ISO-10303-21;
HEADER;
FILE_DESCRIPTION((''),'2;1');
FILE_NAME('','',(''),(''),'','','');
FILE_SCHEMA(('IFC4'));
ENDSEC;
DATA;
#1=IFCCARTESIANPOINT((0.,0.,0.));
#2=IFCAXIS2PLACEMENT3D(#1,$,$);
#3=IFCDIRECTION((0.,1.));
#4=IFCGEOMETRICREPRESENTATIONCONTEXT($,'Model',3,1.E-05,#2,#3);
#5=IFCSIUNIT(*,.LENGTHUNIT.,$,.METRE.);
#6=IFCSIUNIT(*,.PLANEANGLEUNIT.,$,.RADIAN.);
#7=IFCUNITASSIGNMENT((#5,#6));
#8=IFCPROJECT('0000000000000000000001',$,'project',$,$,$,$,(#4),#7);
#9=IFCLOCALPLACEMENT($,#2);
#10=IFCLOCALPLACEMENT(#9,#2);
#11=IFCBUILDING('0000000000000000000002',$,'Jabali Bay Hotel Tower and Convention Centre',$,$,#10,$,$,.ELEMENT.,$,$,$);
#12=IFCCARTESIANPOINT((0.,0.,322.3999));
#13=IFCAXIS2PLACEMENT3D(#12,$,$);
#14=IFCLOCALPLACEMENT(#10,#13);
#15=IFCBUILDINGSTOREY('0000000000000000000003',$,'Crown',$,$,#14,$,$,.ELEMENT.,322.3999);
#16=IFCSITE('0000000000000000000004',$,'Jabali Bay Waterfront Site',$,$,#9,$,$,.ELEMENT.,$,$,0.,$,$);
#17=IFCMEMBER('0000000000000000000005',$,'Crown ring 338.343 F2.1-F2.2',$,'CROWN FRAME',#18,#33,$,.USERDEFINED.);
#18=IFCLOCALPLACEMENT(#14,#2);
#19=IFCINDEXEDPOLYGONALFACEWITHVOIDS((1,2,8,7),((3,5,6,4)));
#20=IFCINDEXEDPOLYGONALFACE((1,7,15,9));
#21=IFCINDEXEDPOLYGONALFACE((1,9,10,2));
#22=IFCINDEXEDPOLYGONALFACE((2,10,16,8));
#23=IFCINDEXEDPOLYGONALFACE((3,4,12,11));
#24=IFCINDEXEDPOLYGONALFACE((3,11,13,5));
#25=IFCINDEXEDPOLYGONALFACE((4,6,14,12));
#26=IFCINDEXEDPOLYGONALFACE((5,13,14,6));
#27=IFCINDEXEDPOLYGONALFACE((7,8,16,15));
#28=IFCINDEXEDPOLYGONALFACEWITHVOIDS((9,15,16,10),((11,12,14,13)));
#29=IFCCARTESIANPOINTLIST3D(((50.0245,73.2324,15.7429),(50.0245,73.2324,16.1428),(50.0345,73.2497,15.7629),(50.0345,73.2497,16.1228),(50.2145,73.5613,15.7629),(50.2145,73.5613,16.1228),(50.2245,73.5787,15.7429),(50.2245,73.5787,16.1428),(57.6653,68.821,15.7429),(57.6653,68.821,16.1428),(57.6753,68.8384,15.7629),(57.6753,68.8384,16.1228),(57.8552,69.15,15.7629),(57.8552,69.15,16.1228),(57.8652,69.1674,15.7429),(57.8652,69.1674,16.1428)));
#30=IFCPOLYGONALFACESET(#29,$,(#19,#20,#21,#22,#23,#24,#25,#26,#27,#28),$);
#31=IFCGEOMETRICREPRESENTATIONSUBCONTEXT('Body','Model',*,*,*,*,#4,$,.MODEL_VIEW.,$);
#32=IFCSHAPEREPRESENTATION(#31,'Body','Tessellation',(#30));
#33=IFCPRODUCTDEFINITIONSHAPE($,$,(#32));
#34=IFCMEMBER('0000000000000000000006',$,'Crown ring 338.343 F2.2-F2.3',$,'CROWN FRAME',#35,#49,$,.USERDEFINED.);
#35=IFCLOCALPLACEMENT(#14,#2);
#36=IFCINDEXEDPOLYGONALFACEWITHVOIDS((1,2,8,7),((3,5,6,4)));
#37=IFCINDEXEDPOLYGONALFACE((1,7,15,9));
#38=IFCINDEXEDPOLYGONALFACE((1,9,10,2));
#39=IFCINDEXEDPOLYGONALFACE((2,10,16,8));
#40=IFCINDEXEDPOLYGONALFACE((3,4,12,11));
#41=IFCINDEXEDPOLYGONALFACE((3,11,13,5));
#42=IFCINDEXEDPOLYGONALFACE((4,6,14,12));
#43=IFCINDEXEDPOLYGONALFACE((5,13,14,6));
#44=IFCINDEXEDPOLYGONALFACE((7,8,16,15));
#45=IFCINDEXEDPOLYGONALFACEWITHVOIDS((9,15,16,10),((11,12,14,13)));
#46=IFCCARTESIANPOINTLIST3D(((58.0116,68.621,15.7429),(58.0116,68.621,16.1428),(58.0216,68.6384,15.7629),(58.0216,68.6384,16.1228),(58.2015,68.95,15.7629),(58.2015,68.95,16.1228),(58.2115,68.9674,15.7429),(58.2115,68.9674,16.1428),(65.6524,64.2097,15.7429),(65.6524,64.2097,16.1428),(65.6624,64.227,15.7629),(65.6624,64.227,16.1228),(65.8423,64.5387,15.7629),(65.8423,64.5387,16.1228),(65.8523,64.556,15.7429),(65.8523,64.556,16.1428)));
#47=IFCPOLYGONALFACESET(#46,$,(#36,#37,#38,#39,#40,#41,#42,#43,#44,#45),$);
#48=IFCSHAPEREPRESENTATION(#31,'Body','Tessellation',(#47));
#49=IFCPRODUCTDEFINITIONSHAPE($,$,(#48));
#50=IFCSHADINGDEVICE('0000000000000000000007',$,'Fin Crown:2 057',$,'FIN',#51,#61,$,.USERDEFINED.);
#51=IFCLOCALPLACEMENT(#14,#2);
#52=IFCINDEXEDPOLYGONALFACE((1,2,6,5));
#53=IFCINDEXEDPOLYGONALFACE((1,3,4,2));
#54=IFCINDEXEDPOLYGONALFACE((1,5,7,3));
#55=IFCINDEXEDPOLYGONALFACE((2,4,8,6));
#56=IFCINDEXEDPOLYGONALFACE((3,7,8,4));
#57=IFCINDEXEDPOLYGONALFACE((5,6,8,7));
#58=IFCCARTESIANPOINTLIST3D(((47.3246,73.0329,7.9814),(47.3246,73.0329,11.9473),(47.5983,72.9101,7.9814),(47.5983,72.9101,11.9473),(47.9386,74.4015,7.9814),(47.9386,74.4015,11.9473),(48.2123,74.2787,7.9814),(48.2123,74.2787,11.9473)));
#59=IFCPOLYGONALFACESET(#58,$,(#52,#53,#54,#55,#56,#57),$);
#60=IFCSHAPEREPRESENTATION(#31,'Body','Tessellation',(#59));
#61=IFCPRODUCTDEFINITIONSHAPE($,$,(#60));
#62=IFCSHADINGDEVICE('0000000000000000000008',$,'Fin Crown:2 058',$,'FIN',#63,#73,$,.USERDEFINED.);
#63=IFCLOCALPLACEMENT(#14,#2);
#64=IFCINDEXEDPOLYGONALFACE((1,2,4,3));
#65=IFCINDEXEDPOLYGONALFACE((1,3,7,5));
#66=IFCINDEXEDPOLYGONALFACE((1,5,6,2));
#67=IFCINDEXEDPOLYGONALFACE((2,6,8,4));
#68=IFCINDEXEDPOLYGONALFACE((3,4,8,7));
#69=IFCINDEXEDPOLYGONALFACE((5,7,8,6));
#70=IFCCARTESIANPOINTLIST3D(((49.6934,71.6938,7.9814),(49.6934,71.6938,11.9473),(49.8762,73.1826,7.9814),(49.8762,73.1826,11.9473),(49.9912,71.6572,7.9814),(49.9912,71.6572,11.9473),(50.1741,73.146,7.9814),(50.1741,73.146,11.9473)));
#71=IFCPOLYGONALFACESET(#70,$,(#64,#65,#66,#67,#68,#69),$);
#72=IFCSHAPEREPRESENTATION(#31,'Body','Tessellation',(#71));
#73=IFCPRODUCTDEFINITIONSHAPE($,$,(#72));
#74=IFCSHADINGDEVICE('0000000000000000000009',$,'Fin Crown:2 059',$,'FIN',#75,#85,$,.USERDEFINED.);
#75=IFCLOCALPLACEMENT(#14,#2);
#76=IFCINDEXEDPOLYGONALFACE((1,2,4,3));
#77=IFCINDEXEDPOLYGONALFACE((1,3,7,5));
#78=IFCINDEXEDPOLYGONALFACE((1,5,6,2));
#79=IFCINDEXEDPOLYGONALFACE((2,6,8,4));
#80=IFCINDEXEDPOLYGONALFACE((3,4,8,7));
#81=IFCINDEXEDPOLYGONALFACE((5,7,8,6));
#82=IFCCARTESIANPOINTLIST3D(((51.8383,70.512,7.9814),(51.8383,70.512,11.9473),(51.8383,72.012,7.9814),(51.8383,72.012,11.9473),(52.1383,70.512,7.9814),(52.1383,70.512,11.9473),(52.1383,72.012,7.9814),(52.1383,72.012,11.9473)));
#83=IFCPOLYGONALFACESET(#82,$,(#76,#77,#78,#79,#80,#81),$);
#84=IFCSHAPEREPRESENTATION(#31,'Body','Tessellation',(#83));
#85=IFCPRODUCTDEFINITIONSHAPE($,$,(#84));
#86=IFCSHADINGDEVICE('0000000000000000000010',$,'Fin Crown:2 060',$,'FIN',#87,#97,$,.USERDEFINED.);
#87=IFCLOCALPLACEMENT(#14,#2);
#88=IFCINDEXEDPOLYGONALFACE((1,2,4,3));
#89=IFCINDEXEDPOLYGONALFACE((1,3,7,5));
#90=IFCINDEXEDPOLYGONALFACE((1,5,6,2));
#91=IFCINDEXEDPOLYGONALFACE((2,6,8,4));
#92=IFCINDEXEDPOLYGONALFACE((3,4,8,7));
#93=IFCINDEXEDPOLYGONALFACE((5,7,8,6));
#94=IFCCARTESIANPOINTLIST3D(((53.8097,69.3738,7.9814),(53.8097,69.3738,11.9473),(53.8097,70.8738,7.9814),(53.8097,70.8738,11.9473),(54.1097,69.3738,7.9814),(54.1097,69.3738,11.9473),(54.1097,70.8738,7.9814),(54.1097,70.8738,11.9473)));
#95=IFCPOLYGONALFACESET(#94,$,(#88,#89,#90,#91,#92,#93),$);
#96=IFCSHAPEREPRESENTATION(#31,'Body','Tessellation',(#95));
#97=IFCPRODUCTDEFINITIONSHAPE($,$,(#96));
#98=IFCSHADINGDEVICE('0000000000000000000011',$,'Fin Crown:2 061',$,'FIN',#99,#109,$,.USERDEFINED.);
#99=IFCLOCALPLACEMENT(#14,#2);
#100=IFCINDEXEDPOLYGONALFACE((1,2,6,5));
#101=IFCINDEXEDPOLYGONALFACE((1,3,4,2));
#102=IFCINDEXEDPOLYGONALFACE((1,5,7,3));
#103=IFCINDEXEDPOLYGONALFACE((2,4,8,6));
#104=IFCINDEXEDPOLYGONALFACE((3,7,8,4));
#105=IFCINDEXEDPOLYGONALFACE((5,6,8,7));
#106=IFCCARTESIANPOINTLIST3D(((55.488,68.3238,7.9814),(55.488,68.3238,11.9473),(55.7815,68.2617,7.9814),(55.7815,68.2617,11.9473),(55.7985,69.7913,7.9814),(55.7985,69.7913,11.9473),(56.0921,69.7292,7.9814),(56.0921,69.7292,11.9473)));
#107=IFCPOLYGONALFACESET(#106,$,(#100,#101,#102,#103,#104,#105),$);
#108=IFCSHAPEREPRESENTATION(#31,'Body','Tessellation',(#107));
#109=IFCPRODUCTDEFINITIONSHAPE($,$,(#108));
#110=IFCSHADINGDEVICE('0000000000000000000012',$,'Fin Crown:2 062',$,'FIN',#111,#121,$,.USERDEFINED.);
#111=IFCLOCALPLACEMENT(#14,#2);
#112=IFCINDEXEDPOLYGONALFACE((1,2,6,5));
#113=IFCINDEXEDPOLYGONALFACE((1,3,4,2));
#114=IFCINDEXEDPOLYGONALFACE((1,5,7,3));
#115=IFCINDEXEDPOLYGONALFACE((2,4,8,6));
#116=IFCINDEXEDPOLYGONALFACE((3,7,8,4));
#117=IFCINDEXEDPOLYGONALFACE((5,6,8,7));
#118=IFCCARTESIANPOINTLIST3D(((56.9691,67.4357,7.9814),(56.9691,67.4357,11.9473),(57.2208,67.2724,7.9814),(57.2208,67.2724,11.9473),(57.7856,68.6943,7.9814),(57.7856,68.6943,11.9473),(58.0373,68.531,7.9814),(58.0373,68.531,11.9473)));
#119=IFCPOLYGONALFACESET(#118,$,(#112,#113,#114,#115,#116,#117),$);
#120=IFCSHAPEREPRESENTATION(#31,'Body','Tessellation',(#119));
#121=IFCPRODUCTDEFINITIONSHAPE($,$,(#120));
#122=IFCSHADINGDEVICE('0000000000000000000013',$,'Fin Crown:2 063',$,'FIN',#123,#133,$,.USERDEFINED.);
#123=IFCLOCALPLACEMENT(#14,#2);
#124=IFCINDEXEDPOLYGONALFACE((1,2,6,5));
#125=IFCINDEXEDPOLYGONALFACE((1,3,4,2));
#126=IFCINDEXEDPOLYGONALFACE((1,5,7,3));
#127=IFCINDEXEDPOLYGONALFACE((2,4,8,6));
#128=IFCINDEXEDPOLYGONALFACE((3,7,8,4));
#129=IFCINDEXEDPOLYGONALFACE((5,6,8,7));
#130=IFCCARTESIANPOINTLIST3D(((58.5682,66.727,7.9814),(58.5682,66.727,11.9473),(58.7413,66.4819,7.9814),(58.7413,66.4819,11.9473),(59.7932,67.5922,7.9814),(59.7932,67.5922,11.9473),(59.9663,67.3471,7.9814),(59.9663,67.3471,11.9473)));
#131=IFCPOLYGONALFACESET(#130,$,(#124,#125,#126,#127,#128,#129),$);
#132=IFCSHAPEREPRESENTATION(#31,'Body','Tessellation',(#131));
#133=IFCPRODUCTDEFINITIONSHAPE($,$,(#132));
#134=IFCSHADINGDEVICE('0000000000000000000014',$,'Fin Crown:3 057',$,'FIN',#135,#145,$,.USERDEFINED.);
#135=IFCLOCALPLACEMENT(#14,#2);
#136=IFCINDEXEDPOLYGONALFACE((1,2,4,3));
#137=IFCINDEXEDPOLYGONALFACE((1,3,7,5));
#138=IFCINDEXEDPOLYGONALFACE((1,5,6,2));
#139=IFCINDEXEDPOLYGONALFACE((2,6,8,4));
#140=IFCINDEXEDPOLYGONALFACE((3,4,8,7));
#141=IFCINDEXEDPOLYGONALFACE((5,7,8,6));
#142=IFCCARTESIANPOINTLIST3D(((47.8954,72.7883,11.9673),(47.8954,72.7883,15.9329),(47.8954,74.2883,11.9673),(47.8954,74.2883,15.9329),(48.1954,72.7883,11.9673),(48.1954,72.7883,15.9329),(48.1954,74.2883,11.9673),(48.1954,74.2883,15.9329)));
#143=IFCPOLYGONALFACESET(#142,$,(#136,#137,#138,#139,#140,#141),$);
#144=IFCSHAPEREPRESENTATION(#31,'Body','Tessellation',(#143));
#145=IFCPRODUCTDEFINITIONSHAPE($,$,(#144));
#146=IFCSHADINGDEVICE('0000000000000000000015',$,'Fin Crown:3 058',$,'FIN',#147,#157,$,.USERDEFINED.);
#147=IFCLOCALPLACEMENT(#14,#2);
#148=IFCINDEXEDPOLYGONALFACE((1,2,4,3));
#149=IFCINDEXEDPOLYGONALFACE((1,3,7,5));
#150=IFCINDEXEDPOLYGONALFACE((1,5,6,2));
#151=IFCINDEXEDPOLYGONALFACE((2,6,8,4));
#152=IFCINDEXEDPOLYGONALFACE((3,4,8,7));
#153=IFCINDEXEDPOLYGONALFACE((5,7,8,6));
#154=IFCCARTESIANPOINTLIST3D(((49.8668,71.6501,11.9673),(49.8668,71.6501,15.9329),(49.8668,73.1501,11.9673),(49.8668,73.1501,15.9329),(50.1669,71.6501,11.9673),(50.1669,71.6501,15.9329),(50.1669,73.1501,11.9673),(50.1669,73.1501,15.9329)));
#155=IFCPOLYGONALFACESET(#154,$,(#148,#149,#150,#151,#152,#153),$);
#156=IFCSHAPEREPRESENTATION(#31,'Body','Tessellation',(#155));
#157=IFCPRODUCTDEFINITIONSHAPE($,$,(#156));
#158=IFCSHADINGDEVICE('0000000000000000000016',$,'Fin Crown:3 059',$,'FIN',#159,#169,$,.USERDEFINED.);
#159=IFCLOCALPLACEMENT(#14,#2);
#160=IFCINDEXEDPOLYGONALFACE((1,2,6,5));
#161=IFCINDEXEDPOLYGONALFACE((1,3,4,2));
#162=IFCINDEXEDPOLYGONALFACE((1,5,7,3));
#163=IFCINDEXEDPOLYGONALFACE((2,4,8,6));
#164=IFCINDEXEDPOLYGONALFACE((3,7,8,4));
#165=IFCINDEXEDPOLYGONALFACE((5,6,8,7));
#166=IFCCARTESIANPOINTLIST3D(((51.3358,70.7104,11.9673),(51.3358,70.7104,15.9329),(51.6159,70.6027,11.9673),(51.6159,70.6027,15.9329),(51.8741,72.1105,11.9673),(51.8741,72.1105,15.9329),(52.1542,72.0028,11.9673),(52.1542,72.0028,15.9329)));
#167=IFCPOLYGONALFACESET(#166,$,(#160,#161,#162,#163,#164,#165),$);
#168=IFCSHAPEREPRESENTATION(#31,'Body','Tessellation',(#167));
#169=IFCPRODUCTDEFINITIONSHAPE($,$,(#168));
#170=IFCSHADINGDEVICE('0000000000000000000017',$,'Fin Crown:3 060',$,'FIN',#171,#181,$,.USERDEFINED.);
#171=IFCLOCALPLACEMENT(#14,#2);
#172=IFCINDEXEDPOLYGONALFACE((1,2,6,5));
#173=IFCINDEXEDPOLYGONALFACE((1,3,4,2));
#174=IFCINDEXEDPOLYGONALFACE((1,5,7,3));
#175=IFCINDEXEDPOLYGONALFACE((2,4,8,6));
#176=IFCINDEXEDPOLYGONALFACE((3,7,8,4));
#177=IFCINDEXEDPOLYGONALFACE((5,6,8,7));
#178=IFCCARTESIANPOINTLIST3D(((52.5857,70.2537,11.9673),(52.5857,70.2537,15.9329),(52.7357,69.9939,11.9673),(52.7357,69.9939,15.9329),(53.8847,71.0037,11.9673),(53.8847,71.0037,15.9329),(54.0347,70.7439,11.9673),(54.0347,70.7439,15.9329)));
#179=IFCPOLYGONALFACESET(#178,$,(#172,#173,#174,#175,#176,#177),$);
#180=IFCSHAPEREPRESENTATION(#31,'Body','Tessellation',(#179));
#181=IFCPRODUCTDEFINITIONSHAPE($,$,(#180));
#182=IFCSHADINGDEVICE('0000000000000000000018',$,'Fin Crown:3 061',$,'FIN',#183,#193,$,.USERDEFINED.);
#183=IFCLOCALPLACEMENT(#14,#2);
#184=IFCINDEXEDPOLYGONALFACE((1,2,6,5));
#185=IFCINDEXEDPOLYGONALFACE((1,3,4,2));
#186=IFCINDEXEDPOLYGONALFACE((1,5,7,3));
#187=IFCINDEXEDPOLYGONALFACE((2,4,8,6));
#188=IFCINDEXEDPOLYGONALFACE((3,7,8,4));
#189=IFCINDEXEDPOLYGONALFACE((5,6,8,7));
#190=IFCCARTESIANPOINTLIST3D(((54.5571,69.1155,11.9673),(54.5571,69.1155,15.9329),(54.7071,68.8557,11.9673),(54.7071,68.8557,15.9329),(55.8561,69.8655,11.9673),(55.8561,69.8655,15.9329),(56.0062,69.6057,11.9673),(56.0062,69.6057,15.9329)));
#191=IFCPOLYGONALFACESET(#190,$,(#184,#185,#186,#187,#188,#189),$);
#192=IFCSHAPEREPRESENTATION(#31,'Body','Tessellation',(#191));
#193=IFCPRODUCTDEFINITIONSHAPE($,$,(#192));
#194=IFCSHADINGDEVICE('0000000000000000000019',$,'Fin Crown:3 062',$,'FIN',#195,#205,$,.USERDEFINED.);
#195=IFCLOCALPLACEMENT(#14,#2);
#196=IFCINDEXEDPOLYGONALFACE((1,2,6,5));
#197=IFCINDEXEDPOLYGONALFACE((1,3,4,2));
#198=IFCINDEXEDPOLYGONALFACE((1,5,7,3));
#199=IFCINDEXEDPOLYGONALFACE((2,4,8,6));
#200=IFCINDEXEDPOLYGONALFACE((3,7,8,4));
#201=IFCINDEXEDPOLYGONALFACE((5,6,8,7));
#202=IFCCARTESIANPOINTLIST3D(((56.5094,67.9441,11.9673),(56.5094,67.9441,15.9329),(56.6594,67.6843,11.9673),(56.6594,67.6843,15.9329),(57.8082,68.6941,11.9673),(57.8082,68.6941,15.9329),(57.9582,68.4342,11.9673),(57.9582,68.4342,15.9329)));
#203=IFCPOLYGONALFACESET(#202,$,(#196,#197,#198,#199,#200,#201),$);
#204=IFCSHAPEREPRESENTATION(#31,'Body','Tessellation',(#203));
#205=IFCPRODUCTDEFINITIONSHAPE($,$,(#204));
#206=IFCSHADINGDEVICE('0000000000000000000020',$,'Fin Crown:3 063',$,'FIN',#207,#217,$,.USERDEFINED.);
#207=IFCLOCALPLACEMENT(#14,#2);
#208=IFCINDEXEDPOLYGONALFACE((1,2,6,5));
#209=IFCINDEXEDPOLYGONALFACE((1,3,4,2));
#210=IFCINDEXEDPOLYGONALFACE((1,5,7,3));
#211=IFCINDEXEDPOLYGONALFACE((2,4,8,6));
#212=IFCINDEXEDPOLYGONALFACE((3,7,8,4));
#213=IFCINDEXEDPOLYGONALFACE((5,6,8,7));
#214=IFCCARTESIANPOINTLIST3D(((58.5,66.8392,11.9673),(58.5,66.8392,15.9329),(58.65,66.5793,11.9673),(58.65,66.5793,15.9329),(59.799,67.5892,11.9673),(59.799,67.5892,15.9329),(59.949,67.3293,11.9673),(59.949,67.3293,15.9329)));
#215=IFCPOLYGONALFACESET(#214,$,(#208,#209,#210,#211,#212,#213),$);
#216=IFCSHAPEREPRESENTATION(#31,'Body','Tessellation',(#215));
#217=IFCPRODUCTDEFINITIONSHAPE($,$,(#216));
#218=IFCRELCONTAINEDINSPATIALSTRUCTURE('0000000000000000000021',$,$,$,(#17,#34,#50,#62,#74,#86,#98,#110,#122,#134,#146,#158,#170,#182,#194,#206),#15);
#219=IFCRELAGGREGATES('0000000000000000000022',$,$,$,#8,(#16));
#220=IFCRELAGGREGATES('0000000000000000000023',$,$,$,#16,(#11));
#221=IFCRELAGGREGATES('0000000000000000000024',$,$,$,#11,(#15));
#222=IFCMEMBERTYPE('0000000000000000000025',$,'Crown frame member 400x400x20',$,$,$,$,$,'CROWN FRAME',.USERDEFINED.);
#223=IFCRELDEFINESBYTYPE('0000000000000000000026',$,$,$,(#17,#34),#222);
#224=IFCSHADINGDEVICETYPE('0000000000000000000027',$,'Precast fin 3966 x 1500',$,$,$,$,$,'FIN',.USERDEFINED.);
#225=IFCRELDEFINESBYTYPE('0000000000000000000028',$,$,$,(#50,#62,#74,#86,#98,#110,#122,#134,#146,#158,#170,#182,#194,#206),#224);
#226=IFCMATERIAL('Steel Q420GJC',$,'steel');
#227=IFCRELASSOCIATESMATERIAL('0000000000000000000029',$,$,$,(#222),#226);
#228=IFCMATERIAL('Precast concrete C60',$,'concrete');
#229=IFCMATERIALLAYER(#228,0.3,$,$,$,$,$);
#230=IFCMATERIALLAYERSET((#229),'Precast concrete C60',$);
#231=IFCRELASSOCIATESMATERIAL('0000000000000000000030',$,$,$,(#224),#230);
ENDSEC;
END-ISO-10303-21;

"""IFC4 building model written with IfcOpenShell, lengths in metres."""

from ifc_helpers import new_model, si_unit, direction, frame, frame_2d, origin, origin_2d, place, context, subcontext, project, spatial, rectangle, hollow_rectangle, extrude, material, layer, layer_set, material_profile, profile_set, type_object, element, save


model = new_model("IFC4")

# Units and contexts
model_context = context("Model", 3, precision=1e-05, world=origin(), true_north=direction((0.0, 1.0)))
body_context = subcontext(model_context, "Body", "Model", "MODEL_VIEW")
ifc_project = project(units=[si_unit("LENGTHUNIT", "METRE"), si_unit("PLANEANGLEUNIT", "RADIAN")], contexts=[model_context])

# Site, building, storey
site_placement = place(None, origin())
site = spatial("IfcSite", under=ifc_project, at=site_placement, Name="Jabali Bay Waterfront Site", CompositionType="ELEMENT", RefElevation=0.0)
building_placement = place(site_placement, origin())
building = spatial("IfcBuilding", under=site, at=building_placement, Name="Jabali Bay Hotel Tower and Convention Centre", CompositionType="ELEMENT")
storey_placement = place(building_placement, frame((0.0, 0.0, 322.3999)))
storey = spatial("IfcBuildingStorey", under=building, at=storey_placement, Name="Crown", CompositionType="ELEMENT", Elevation=322.3999)

# Members
ifc_material_1 = material(Name="Steel Q420GJC", Category="steel")
ifc_material_profile_1 = material_profile(ifc_material_1, hollow_rectangle(XDim=0.3999, YDim=0.3999, WallThickness=0.02, at=origin_2d()), Name="Crown frame member 400x400x20")
ifc_profile_set_1 = profile_set([ifc_material_profile_1], Name="Steel Q420GJC")
member_type_1 = type_object("IfcMemberType", Name="Crown frame member 400x400x20", ElementType="CROWN FRAME", PredefinedType="USERDEFINED", material=ifc_profile_set_1)
for number, where, z_axis, x_axis, name in (
    (1, (50.1245, 73.4055, 15.9429), (0.866029, -0.499993, 0.0), (0.499993, 0.866029, 0.0), "Crown ring 338.343 F2.1-F2.2"),
    (2, (58.1116, 68.7942, 15.9429), (0.866029, -0.499993, 0.0), (0.499993, 0.866029, 0.0), "Crown ring 338.343 F2.2-F2.3"),
):
    element("IfcMember", number, at=place(storey_placement, frame(where, z_axis=z_axis, x_axis=x_axis)), inside=storey, type_object=member_type_1, Name=name, ObjectType="CROWN FRAME", PredefinedType="USERDEFINED", context=body_context, shape_type="SweptSolid", body=[
        extrude(hollow_rectangle(XDim=0.3999, YDim=0.3999, WallThickness=0.02, at=origin_2d()), origin(), (0.0, 0.0, 1.0), 8.8228),
    ])

# Shading devices
ifc_material_2 = material(Name="Precast concrete C60", Category="concrete")
ifc_layer = layer(ifc_material_2, 0.3)
ifc_layer_set = layer_set([ifc_layer], Name="Precast concrete C60")
shading_device_type = type_object("IfcShadingDeviceType", Name="Precast fin 3966 x 1500", ElementType="FIN", PredefinedType="USERDEFINED", material=ifc_layer_set)
for number, where, z_axis, x_axis, name in (
    (3, (48.0754, 74.3401, 7.9814), (0.0, 0.0, 1.0), (-0.409322, -0.91239, 0.0), "Fin Crown:2 057"),
    (4, (50.0251, 73.1643, 7.9814), (0.0, 0.0, 1.0), (-0.121911, -0.992541, 0.0), "Fin Crown:2 058"),
    (5, (51.9883, 72.012, 7.9814), (0.0, 0.0, 1.0), (0.0, -1.0, 0.0), "Fin Crown:2 059"),
    (6, (53.9597, 70.8738, 7.9814), (0.0, 0.0, 1.0), (0.0, -1.0, 0.0), "Fin Crown:2 060"),
    (7, (55.9453, 69.7603, 7.9814), (0.0, 0.0, 1.0), (-0.207027, -0.978335, 0.0), "Fin Crown:2 061"),
):
    element("IfcShadingDevice", number, at=place(storey_placement, frame(where, z_axis=z_axis, x_axis=x_axis)), inside=storey, type_object=shading_device_type, Name=name, ObjectType="FIN", PredefinedType="USERDEFINED", context=body_context, shape_type="SweptSolid", body=[
        extrude(rectangle(XDim=1.5, YDim=0.3, at=frame_2d((0.75, 0.0))), origin(), (0.0, 0.0, 1.0), 3.9658),
    ])
shading_device_1_placement = place(storey_placement, frame((57.9114, 68.6125, 7.9814), z_axis=(0.0, 0.0, 1.0), x_axis=(-0.544216, -0.838945, 0.0)))
element("IfcShadingDevice", 8, at=shading_device_1_placement, inside=storey, type_object=shading_device_type, Name="Fin Crown:2 062", ObjectType="FIN", PredefinedType="USERDEFINED", context=body_context, shape_type="SweptSolid", body=[
    extrude(rectangle(XDim=1.5002, YDim=0.3, at=frame_2d((0.75, 0.0))), origin(), (0.0, 0.0, 1.0), 3.9658),
])
shading_device_2_placement = place(storey_placement, frame((59.8799, 67.4697, 7.9814), z_axis=(0.0, 0.0, 1.0), x_axis=(-0.816823, -0.576888, 0.0)))
element("IfcShadingDevice", 9, at=shading_device_2_placement, inside=storey, type_object=shading_device_type, Name="Fin Crown:2 063", ObjectType="FIN", PredefinedType="USERDEFINED", context=body_context, shape_type="SweptSolid", body=[
    extrude(rectangle(XDim=1.4998, YDim=0.3, at=frame_2d((0.75, 0.0))), origin(), (0.0, 0.0, 1.0), 3.9658),
])
for number, where, z_axis, x_axis, name in (
    (10, (48.0454, 74.2883, 11.9673), (0.0, 0.0, 1.0), (0.0, -1.0, 0.0), "Fin Crown:3 057"),
    (11, (50.0168, 73.1501, 11.9673), (0.0, 0.0, 1.0), (0.0, -1.0, 0.0), "Fin Crown:3 058"),
    (12, (52.0142, 72.0566, 11.9673), (0.0, 0.0, 1.0), (-0.35887, -0.933388, 0.0), "Fin Crown:3 059"),
    (13, (53.9597, 70.8738, 11.9673), (0.0, 0.0, 1.0), (-0.866031, -0.49999, 0.0), "Fin Crown:3 060"),
    (14, (55.9312, 69.7356, 11.9673), (0.0, 0.0, 1.0), (-0.866031, -0.49999, 0.0), "Fin Crown:3 061"),
):
    element("IfcShadingDevice", number, at=place(storey_placement, frame(where, z_axis=z_axis, x_axis=x_axis)), inside=storey, type_object=shading_device_type, Name=name, ObjectType="FIN", PredefinedType="USERDEFINED", context=body_context, shape_type="SweptSolid", body=[
        extrude(rectangle(XDim=1.5, YDim=0.3, at=frame_2d((0.75, 0.0))), origin(), (0.0, 0.0, 1.0), 3.9656),
    ])
shading_device_3_placement = place(storey_placement, frame((57.8833, 68.5642, 11.9673), z_axis=(0.0, 0.0, 1.0), x_axis=(-0.86599, -0.500061, 0.0)))
element("IfcShadingDevice", 15, at=shading_device_3_placement, inside=storey, type_object=shading_device_type, Name="Fin Crown:3 062", ObjectType="FIN", PredefinedType="USERDEFINED", context=body_context, shape_type="SweptSolid", body=[
    extrude(rectangle(XDim=1.4998, YDim=0.3, at=frame_2d((0.75, 0.0))), origin(), (0.0, 0.0, 1.0), 3.9656),
])
for number, where, z_axis, x_axis, name in (
    (16, (59.874, 67.4592, 11.9673), (0.0, 0.0, 1.0), (-0.866031, -0.49999, 0.0), "Fin Crown:3 063"),
):
    element("IfcShadingDevice", number, at=place(storey_placement, frame(where, z_axis=z_axis, x_axis=x_axis)), inside=storey, type_object=shading_device_type, Name=name, ObjectType="FIN", PredefinedType="USERDEFINED", context=body_context, shape_type="SweptSolid", body=[
        extrude(rectangle(XDim=1.5, YDim=0.3, at=frame_2d((0.75, 0.0))), origin(), (0.0, 0.0, 1.0), 3.9656),
    ])

save(model, "model.ifc")
